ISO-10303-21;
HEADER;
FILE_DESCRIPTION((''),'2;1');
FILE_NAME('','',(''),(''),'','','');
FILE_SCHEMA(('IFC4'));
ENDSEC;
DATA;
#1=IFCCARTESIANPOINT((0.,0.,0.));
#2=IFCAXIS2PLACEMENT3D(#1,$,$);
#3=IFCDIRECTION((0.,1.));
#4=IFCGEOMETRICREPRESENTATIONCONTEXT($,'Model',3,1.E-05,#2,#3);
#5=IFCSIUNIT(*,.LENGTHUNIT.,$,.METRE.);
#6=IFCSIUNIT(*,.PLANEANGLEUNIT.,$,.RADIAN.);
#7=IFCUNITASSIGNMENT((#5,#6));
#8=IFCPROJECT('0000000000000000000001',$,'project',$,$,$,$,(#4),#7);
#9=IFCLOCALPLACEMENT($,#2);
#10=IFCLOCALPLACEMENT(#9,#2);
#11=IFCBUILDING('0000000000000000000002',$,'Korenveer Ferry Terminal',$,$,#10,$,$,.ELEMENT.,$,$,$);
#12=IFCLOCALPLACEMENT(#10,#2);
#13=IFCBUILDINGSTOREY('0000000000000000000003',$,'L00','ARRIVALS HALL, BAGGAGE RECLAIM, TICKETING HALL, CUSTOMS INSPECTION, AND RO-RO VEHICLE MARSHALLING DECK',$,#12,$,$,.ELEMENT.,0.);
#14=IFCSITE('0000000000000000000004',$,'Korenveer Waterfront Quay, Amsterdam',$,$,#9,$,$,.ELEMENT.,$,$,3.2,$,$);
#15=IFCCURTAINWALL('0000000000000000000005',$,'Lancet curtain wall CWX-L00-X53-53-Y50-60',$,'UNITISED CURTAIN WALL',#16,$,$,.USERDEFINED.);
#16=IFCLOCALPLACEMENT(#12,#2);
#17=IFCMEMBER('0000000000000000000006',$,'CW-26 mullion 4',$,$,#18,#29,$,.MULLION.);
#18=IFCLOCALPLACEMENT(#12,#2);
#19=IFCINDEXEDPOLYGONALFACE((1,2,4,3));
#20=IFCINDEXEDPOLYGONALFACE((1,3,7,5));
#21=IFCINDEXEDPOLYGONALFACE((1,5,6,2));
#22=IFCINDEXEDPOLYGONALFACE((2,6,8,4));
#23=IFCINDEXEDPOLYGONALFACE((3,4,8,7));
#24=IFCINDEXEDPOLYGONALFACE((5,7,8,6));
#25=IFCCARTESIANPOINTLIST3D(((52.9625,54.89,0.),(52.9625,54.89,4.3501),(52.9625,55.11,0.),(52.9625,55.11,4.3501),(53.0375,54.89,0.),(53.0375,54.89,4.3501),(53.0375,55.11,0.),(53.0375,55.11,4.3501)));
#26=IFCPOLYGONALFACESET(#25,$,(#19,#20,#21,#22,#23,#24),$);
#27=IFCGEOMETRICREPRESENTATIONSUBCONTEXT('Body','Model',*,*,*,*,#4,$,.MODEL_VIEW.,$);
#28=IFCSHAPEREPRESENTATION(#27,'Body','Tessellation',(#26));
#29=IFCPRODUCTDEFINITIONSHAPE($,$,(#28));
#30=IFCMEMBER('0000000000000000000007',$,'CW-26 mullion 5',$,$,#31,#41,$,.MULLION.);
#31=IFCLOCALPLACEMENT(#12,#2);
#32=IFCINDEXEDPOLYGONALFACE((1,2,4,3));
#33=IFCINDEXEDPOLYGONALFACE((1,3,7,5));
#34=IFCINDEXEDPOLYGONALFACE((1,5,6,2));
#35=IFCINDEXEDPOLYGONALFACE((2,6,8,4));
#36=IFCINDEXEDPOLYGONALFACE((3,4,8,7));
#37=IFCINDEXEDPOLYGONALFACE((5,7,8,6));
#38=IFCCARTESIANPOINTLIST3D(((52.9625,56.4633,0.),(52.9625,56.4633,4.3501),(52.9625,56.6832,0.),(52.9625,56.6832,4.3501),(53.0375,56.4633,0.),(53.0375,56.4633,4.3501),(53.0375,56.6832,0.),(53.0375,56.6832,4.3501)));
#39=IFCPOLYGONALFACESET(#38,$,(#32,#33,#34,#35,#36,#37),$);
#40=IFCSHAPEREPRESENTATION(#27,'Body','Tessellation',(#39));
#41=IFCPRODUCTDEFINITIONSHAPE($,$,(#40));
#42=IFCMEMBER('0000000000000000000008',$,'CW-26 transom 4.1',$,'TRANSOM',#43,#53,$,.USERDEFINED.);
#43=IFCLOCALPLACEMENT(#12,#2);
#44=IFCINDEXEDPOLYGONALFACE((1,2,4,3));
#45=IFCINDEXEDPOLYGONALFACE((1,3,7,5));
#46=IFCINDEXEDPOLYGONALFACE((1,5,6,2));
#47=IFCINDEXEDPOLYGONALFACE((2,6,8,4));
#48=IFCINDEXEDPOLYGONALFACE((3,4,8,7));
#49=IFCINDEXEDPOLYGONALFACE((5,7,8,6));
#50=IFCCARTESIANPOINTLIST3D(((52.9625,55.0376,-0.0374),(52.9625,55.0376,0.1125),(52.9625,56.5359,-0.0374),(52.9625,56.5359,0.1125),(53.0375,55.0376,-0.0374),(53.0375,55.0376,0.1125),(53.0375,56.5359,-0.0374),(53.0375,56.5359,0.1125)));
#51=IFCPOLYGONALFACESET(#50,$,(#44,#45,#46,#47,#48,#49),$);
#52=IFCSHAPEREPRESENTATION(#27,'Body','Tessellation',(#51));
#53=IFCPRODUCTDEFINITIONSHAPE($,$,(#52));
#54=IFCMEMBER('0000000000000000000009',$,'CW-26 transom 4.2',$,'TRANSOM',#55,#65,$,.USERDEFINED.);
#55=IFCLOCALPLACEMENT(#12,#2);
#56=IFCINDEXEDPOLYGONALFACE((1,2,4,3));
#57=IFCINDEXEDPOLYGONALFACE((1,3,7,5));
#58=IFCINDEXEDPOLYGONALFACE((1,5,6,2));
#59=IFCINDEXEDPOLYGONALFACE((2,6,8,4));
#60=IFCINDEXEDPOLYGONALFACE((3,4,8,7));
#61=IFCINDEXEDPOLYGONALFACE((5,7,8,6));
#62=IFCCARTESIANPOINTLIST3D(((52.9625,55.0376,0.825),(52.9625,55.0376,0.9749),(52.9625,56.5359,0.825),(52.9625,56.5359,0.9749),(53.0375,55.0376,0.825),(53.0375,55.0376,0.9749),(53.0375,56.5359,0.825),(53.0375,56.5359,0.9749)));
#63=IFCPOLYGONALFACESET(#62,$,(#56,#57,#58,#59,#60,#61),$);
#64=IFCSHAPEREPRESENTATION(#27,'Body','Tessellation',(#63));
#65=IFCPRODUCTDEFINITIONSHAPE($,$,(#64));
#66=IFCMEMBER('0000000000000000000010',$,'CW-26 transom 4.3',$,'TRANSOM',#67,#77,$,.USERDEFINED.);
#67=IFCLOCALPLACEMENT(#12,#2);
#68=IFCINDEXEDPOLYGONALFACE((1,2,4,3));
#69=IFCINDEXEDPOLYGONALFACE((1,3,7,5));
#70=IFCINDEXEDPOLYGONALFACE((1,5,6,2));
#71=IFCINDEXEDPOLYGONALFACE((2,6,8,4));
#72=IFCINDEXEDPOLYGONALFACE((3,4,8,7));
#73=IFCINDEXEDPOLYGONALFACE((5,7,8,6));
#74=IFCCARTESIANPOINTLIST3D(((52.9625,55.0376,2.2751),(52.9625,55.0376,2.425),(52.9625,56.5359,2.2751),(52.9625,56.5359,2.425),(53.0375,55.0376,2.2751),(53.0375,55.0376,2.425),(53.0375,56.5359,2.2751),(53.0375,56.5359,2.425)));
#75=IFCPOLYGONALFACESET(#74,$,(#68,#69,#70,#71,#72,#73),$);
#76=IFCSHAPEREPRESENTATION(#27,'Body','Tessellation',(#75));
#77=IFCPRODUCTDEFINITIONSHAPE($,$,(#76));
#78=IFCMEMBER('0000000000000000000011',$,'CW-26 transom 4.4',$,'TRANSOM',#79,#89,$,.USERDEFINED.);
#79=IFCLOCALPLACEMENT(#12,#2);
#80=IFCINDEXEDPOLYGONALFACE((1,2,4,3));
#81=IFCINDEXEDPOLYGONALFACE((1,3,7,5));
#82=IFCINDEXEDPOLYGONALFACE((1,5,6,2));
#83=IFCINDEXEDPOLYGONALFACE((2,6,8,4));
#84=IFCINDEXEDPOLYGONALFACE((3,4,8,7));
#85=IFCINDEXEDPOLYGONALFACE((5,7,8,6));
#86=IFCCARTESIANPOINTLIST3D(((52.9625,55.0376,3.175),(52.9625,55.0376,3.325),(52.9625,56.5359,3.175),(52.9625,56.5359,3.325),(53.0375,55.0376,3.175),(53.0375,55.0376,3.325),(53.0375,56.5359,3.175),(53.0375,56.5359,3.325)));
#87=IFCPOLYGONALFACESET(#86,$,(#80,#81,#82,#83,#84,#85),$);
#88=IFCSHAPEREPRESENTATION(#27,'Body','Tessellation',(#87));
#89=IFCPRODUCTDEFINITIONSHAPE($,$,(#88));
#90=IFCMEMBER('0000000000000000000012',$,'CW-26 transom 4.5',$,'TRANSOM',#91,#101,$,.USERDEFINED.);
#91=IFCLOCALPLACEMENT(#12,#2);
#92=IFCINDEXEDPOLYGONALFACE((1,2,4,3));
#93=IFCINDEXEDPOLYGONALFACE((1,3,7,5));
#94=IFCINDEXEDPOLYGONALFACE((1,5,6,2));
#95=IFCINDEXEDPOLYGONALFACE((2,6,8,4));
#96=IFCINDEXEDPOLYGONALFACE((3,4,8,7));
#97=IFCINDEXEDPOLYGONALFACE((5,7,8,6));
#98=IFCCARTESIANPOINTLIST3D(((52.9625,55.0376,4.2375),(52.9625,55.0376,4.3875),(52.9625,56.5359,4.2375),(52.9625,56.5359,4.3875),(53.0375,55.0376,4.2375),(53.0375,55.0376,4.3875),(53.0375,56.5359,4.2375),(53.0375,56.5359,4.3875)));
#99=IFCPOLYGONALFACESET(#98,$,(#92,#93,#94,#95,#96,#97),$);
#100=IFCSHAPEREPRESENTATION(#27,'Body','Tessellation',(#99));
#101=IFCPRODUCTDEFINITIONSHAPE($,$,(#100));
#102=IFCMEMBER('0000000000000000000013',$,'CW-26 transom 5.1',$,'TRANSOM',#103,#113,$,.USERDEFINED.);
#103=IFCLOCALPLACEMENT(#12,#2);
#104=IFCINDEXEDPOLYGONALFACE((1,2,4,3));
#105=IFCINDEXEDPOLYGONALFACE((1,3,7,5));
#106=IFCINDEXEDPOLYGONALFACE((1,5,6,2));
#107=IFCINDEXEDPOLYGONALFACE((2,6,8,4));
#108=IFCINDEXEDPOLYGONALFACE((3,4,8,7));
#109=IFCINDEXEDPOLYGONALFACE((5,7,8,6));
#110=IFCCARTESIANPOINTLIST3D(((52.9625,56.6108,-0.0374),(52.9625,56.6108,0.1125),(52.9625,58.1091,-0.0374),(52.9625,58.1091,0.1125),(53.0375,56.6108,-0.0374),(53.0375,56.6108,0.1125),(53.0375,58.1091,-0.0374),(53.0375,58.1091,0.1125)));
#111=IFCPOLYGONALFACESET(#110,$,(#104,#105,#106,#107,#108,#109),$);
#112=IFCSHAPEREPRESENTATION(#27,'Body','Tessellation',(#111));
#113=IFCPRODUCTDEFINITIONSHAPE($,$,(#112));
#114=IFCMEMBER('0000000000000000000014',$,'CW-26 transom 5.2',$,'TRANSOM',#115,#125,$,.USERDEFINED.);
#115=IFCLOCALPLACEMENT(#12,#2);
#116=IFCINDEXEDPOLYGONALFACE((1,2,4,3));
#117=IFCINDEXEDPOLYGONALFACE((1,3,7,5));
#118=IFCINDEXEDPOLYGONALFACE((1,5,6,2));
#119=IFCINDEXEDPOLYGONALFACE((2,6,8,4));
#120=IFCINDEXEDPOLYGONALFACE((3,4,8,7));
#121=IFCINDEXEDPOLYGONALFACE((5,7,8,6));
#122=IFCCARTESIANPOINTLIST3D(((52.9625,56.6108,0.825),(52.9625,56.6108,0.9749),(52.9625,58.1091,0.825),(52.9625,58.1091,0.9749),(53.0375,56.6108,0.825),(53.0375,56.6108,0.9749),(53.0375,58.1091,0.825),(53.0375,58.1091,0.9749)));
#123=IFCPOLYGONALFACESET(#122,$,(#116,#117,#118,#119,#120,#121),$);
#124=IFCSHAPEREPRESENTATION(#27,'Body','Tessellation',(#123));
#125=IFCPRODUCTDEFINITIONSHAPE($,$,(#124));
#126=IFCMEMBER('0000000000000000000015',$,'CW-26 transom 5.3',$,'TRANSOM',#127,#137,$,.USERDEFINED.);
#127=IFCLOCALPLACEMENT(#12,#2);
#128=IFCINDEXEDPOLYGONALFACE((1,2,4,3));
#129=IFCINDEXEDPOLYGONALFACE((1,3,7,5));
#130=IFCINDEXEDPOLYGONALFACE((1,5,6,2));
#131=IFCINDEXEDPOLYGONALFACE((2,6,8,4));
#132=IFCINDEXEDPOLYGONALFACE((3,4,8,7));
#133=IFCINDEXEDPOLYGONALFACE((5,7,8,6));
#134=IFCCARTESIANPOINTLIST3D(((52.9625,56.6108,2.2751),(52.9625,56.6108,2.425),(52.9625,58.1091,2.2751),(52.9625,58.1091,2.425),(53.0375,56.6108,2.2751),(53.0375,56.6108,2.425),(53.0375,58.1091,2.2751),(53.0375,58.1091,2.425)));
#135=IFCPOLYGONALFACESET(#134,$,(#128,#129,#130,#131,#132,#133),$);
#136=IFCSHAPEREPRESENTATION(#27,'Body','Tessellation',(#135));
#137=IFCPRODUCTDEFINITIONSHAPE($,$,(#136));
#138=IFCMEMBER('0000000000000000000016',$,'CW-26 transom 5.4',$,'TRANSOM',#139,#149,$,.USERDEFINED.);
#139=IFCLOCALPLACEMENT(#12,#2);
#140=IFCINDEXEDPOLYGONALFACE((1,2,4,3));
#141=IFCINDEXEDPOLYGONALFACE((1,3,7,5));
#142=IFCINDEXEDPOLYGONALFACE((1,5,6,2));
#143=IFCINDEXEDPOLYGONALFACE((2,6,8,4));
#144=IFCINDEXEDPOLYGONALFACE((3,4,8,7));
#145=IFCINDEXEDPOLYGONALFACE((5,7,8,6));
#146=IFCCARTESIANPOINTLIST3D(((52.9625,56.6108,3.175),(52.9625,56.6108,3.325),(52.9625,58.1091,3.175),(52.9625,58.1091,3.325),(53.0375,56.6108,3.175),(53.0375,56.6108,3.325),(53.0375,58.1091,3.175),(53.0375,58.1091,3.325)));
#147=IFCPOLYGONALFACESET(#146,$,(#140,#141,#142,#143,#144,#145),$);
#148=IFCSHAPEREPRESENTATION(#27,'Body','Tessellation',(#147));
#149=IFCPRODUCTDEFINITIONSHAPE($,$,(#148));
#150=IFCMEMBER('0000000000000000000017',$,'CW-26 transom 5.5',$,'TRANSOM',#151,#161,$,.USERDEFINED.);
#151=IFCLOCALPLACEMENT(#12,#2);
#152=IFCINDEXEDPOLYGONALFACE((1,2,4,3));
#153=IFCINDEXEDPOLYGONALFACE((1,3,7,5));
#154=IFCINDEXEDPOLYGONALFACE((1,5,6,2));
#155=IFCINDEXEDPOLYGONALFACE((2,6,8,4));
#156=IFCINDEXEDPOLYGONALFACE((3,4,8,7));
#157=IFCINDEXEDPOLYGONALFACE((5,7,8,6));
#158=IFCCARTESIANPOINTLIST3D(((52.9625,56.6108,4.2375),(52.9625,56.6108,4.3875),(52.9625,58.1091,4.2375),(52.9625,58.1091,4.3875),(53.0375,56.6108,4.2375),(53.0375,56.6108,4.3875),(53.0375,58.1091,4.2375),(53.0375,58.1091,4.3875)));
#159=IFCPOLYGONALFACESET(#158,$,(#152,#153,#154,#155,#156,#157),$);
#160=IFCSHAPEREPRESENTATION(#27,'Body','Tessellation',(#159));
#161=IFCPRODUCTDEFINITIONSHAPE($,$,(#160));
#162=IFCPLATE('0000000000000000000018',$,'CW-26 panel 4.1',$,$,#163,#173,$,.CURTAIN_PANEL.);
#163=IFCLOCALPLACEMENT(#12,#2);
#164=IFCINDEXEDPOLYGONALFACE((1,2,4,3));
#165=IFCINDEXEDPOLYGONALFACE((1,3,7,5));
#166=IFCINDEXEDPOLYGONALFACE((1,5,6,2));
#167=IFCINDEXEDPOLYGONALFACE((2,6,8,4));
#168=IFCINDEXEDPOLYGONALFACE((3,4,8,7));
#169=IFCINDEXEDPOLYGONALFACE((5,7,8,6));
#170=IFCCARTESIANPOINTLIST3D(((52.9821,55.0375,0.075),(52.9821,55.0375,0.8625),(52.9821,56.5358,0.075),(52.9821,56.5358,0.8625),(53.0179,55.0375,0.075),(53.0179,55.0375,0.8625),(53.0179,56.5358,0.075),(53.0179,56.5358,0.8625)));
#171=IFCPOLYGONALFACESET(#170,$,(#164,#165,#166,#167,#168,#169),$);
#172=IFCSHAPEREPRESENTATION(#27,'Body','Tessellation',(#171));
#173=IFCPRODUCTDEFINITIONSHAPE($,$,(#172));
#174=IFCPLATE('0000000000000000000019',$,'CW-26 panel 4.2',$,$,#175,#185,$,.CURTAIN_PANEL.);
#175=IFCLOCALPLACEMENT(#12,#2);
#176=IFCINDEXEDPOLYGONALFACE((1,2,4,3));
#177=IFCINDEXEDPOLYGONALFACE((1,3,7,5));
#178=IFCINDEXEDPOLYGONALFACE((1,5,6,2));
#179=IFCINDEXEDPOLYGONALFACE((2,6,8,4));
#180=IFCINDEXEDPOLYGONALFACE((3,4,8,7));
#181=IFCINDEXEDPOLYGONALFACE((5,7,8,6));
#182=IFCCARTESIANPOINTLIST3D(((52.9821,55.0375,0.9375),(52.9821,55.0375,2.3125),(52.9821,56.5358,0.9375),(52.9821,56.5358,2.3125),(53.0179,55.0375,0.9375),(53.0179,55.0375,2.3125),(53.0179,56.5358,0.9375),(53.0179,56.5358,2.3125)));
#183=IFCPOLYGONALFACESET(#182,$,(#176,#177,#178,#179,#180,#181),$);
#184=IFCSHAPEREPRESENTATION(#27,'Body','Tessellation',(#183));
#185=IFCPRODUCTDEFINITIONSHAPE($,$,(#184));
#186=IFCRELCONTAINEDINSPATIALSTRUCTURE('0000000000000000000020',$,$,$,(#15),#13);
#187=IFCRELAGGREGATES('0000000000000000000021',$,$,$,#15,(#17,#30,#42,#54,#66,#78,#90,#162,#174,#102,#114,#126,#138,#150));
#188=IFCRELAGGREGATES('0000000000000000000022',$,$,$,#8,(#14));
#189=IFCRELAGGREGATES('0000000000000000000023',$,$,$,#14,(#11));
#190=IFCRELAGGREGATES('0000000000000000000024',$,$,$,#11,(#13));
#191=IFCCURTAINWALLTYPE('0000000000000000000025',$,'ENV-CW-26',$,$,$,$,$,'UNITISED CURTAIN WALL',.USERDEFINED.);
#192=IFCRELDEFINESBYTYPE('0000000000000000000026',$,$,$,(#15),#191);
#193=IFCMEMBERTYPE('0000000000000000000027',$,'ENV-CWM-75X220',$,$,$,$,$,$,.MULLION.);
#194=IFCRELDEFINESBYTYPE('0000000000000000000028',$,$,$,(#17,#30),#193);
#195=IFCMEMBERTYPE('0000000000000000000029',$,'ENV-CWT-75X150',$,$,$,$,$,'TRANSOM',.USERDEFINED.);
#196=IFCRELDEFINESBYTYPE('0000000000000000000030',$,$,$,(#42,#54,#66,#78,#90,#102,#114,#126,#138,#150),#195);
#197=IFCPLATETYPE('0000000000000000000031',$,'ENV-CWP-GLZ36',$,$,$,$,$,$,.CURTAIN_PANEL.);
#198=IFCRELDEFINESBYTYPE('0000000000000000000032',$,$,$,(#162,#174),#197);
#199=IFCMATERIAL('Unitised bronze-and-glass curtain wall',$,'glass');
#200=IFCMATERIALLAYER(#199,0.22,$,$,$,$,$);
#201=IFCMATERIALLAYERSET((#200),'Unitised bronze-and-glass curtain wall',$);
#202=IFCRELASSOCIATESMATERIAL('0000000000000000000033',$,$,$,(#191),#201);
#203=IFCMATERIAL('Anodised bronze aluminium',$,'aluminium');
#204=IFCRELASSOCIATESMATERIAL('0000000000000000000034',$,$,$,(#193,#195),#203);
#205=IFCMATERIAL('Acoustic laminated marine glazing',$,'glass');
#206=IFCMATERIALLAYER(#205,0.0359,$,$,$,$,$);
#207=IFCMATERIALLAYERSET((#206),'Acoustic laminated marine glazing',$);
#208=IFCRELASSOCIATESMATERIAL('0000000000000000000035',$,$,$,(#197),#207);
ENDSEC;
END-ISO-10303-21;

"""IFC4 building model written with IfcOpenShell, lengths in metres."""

from ifc_helpers import new_model, si_unit, direction, frame, origin, origin_2d, place, context, subcontext, project, spatial, rectangle, extrude, material, layer, layer_set, material_profile, profile_set, type_object, element, aggregate, save


model = new_model("IFC4")

# Units and contexts
model_context = context("Model", 3, precision=1e-05, world=origin(), true_north=direction((0.0, 1.0)))
body_context = subcontext(model_context, "Body", "Model", "MODEL_VIEW")
ifc_project = project(units=[si_unit("LENGTHUNIT", "METRE"), si_unit("PLANEANGLEUNIT", "RADIAN")], contexts=[model_context])

# Site, building, storey
site_placement = place(None, origin())
site = spatial("IfcSite", under=ifc_project, at=site_placement, Name="Korenveer Waterfront Quay, Amsterdam", CompositionType="ELEMENT", RefElevation=3.2)
building_placement = place(site_placement, origin())
building = spatial("IfcBuilding", under=site, at=building_placement, Name="Korenveer Ferry Terminal", CompositionType="ELEMENT")
storey_placement = place(building_placement, origin())
storey = spatial("IfcBuildingStorey", under=building, at=storey_placement, Name="L00", Description="ARRIVALS HALL, BAGGAGE RECLAIM, TICKETING HALL, CUSTOMS INSPECTION, AND RO-RO VEHICLE MARSHALLING DECK", CompositionType="ELEMENT", Elevation=0.0)

# Curtain wall, members, plates
ifc_material_1 = material(Name="Unitised bronze-and-glass curtain wall", Category="glass")
ifc_layer_1 = layer(ifc_material_1, 0.22)
ifc_layer_set_1 = layer_set([ifc_layer_1], Name="Unitised bronze-and-glass curtain wall")
curtain_wall_type = type_object("IfcCurtainWallType", Name="ENV-CW-26", ElementType="UNITISED CURTAIN WALL", PredefinedType="USERDEFINED", material=ifc_layer_set_1)
curtain_wall_placement = place(storey_placement, frame((53.0, 50.28, 0.0)))
curtain_wall = element("IfcCurtainWall", 1, at=curtain_wall_placement, inside=storey, type_object=curtain_wall_type, Name="Lancet curtain wall CWX-L00-X53-53-Y50-60", ObjectType="UNITISED CURTAIN WALL", PredefinedType="USERDEFINED")
ifc_material_2 = material(Name="Anodised bronze aluminium", Category="aluminium")
ifc_material_profile_1 = material_profile(ifc_material_2, rectangle(XDim=0.075, YDim=0.22, at=origin_2d()), Name="ALU 75x220")
ifc_profile_set_1 = profile_set([ifc_material_profile_1], Name="Anodised bronze aluminium")
member_type_1 = type_object("IfcMemberType", Name="ENV-CWM-75X220", PredefinedType="MULLION", material=ifc_profile_set_1)
member_1_placement = place(storey_placement, frame((53.0, 55.0, 0.0), z_axis=(0.0, 0.0, 1.0), x_axis=(-1.0, 0.0, 0.0)))
member_1 = element("IfcMember", 2, at=member_1_placement, type_object=member_type_1, Name="CW-26 mullion 4", PredefinedType="MULLION", context=body_context, shape_type="SweptSolid", body=[
    extrude(rectangle(XDim=0.075, YDim=0.22, at=origin_2d()), origin(), (0.0, 0.0, 1.0), 4.3501),
])
member_2_placement = place(storey_placement, frame((53.0, 56.5732, 0.0), z_axis=(0.0, 0.0, 1.0), x_axis=(-1.0, 0.0, 0.0)))
member_2 = element("IfcMember", 3, at=member_2_placement, type_object=member_type_1, Name="CW-26 mullion 5", PredefinedType="MULLION", context=body_context, shape_type="SweptSolid", body=[
    extrude(rectangle(XDim=0.075, YDim=0.22, at=origin_2d()), origin(), (0.0, 0.0, 1.0), 4.3501),
])
ifc_material_profile_2 = material_profile(ifc_material_2, rectangle(XDim=0.075, YDim=0.1499, at=origin_2d()), Name="ALU 75x150")
ifc_profile_set_2 = profile_set([ifc_material_profile_2], Name="Anodised bronze aluminium")
member_type_2 = type_object("IfcMemberType", Name="ENV-CWT-75X150", ElementType="TRANSOM", PredefinedType="USERDEFINED", material=ifc_profile_set_2)
member_3_placement = place(storey_placement, frame((53.0, 55.0376, 0.0376), z_axis=(0.0, 1.0, 0.0), x_axis=(-1.0, 0.0, 0.0)))
member_3 = element("IfcMember", 4, at=member_3_placement, type_object=member_type_2, Name="CW-26 transom 4.1", ObjectType="TRANSOM", PredefinedType="USERDEFINED", context=body_context, shape_type="SweptSolid", body=[
    extrude(rectangle(XDim=0.075, YDim=0.1499, at=origin_2d()), origin(), (0.0, 0.0, 1.0), 1.4983),
])
member_4_placement = place(storey_placement, frame((53.0, 55.0376, 0.8999), z_axis=(0.0, 1.0, 0.0), x_axis=(-1.0, 0.0, 0.0)))
member_4 = element("IfcMember", 5, at=member_4_placement, type_object=member_type_2, Name="CW-26 transom 4.2", ObjectType="TRANSOM", PredefinedType="USERDEFINED", context=body_context, shape_type="SweptSolid", body=[
    extrude(rectangle(XDim=0.075, YDim=0.1499, at=origin_2d()), origin(), (0.0, 0.0, 1.0), 1.4983),
])
member_5_placement = place(storey_placement, frame((53.0, 55.0376, 2.3501), z_axis=(0.0, 1.0, 0.0), x_axis=(-1.0, 0.0, 0.0)))
member_5 = element("IfcMember", 6, at=member_5_placement, type_object=member_type_2, Name="CW-26 transom 4.3", ObjectType="TRANSOM", PredefinedType="USERDEFINED", context=body_context, shape_type="SweptSolid", body=[
    extrude(rectangle(XDim=0.075, YDim=0.1499, at=origin_2d()), origin(), (0.0, 0.0, 1.0), 1.4983),
])
member_6_placement = place(storey_placement, frame((53.0, 55.0376, 3.25), z_axis=(0.0, 1.0, 0.0), x_axis=(-1.0, 0.0, 0.0)))
member_6 = element("IfcMember", 7, at=member_6_placement, type_object=member_type_2, Name="CW-26 transom 4.4", ObjectType="TRANSOM", PredefinedType="USERDEFINED", context=body_context, shape_type="SweptSolid", body=[
    extrude(rectangle(XDim=0.075, YDim=0.1499, at=origin_2d()), origin(), (0.0, 0.0, 1.0), 1.4983),
])
member_7_placement = place(storey_placement, frame((53.0, 55.0376, 4.3125), z_axis=(0.0, 1.0, 0.0), x_axis=(-1.0, 0.0, 0.0)))
member_7 = element("IfcMember", 8, at=member_7_placement, type_object=member_type_2, Name="CW-26 transom 4.5", ObjectType="TRANSOM", PredefinedType="USERDEFINED", context=body_context, shape_type="SweptSolid", body=[
    extrude(rectangle(XDim=0.075, YDim=0.1499, at=origin_2d()), origin(), (0.0, 0.0, 1.0), 1.4983),
])
member_8_placement = place(storey_placement, frame((53.0, 56.6108, 0.0376), z_axis=(0.0, 1.0, 0.0), x_axis=(-1.0, 0.0, 0.0)))
member_8 = element("IfcMember", 9, at=member_8_placement, type_object=member_type_2, Name="CW-26 transom 5.1", ObjectType="TRANSOM", PredefinedType="USERDEFINED", context=body_context, shape_type="SweptSolid", body=[
    extrude(rectangle(XDim=0.075, YDim=0.1499, at=origin_2d()), origin(), (0.0, 0.0, 1.0), 1.4983),
])
member_9_placement = place(storey_placement, frame((53.0, 56.6108, 0.8999), z_axis=(0.0, 1.0, 0.0), x_axis=(-1.0, 0.0, 0.0)))
member_9 = element("IfcMember", 10, at=member_9_placement, type_object=member_type_2, Name="CW-26 transom 5.2", ObjectType="TRANSOM", PredefinedType="USERDEFINED", context=body_context, shape_type="SweptSolid", body=[
    extrude(rectangle(XDim=0.075, YDim=0.1499, at=origin_2d()), origin(), (0.0, 0.0, 1.0), 1.4983),
])
member_10_placement = place(storey_placement, frame((53.0, 56.6108, 2.3501), z_axis=(0.0, 1.0, 0.0), x_axis=(-1.0, 0.0, 0.0)))
member_10 = element("IfcMember", 11, at=member_10_placement, type_object=member_type_2, Name="CW-26 transom 5.3", ObjectType="TRANSOM", PredefinedType="USERDEFINED", context=body_context, shape_type="SweptSolid", body=[
    extrude(rectangle(XDim=0.075, YDim=0.1499, at=origin_2d()), origin(), (0.0, 0.0, 1.0), 1.4983),
])
member_11_placement = place(storey_placement, frame((53.0, 56.6108, 3.25), z_axis=(0.0, 1.0, 0.0), x_axis=(-1.0, 0.0, 0.0)))
member_11 = element("IfcMember", 12, at=member_11_placement, type_object=member_type_2, Name="CW-26 transom 5.4", ObjectType="TRANSOM", PredefinedType="USERDEFINED", context=body_context, shape_type="SweptSolid", body=[
    extrude(rectangle(XDim=0.075, YDim=0.1499, at=origin_2d()), origin(), (0.0, 0.0, 1.0), 1.4983),
])
member_12_placement = place(storey_placement, frame((53.0, 56.6108, 4.3125), z_axis=(0.0, 1.0, 0.0), x_axis=(-1.0, 0.0, 0.0)))
member_12 = element("IfcMember", 13, at=member_12_placement, type_object=member_type_2, Name="CW-26 transom 5.5", ObjectType="TRANSOM", PredefinedType="USERDEFINED", context=body_context, shape_type="SweptSolid", body=[
    extrude(rectangle(XDim=0.075, YDim=0.1499, at=origin_2d()), origin(), (0.0, 0.0, 1.0), 1.4983),
])
ifc_material_3 = material(Name="Acoustic laminated marine glazing", Category="glass")
ifc_layer_2 = layer(ifc_material_3, 0.0359)
ifc_layer_set_2 = layer_set([ifc_layer_2], Name="Acoustic laminated marine glazing")
plate_type = type_object("IfcPlateType", Name="ENV-CWP-GLZ36", PredefinedType="CURTAIN_PANEL", material=ifc_layer_set_2)
plate_1_placement = place(storey_placement, frame((53.0, 55.7866, 0.075), z_axis=(0.0, 0.0, 1.0), x_axis=(0.0, 1.0, 0.0)))
plate_1 = element("IfcPlate", 14, at=plate_1_placement, type_object=plate_type, Name="CW-26 panel 4.1", PredefinedType="CURTAIN_PANEL", context=body_context, shape_type="SweptSolid", body=[
    extrude(rectangle(XDim=1.4983, YDim=0.0359, at=origin_2d()), origin(), (0.0, 0.0, 1.0), 0.7876),
])
plate_2_placement = place(storey_placement, frame((53.0, 55.7866, 0.9375), z_axis=(0.0, 0.0, 1.0), x_axis=(0.0, 1.0, 0.0)))
plate_2 = element("IfcPlate", 15, at=plate_2_placement, type_object=plate_type, Name="CW-26 panel 4.2", PredefinedType="CURTAIN_PANEL", context=body_context, shape_type="SweptSolid", body=[
    extrude(rectangle(XDim=1.4983, YDim=0.0359, at=origin_2d()), origin(), (0.0, 0.0, 1.0), 1.375),
])
aggregate(curtain_wall, [member_1, member_2, member_3, member_4, member_5, member_6, member_7, plate_1, plate_2, member_8, member_9, member_10, member_11, member_12])

save(model, "model.ifc")
